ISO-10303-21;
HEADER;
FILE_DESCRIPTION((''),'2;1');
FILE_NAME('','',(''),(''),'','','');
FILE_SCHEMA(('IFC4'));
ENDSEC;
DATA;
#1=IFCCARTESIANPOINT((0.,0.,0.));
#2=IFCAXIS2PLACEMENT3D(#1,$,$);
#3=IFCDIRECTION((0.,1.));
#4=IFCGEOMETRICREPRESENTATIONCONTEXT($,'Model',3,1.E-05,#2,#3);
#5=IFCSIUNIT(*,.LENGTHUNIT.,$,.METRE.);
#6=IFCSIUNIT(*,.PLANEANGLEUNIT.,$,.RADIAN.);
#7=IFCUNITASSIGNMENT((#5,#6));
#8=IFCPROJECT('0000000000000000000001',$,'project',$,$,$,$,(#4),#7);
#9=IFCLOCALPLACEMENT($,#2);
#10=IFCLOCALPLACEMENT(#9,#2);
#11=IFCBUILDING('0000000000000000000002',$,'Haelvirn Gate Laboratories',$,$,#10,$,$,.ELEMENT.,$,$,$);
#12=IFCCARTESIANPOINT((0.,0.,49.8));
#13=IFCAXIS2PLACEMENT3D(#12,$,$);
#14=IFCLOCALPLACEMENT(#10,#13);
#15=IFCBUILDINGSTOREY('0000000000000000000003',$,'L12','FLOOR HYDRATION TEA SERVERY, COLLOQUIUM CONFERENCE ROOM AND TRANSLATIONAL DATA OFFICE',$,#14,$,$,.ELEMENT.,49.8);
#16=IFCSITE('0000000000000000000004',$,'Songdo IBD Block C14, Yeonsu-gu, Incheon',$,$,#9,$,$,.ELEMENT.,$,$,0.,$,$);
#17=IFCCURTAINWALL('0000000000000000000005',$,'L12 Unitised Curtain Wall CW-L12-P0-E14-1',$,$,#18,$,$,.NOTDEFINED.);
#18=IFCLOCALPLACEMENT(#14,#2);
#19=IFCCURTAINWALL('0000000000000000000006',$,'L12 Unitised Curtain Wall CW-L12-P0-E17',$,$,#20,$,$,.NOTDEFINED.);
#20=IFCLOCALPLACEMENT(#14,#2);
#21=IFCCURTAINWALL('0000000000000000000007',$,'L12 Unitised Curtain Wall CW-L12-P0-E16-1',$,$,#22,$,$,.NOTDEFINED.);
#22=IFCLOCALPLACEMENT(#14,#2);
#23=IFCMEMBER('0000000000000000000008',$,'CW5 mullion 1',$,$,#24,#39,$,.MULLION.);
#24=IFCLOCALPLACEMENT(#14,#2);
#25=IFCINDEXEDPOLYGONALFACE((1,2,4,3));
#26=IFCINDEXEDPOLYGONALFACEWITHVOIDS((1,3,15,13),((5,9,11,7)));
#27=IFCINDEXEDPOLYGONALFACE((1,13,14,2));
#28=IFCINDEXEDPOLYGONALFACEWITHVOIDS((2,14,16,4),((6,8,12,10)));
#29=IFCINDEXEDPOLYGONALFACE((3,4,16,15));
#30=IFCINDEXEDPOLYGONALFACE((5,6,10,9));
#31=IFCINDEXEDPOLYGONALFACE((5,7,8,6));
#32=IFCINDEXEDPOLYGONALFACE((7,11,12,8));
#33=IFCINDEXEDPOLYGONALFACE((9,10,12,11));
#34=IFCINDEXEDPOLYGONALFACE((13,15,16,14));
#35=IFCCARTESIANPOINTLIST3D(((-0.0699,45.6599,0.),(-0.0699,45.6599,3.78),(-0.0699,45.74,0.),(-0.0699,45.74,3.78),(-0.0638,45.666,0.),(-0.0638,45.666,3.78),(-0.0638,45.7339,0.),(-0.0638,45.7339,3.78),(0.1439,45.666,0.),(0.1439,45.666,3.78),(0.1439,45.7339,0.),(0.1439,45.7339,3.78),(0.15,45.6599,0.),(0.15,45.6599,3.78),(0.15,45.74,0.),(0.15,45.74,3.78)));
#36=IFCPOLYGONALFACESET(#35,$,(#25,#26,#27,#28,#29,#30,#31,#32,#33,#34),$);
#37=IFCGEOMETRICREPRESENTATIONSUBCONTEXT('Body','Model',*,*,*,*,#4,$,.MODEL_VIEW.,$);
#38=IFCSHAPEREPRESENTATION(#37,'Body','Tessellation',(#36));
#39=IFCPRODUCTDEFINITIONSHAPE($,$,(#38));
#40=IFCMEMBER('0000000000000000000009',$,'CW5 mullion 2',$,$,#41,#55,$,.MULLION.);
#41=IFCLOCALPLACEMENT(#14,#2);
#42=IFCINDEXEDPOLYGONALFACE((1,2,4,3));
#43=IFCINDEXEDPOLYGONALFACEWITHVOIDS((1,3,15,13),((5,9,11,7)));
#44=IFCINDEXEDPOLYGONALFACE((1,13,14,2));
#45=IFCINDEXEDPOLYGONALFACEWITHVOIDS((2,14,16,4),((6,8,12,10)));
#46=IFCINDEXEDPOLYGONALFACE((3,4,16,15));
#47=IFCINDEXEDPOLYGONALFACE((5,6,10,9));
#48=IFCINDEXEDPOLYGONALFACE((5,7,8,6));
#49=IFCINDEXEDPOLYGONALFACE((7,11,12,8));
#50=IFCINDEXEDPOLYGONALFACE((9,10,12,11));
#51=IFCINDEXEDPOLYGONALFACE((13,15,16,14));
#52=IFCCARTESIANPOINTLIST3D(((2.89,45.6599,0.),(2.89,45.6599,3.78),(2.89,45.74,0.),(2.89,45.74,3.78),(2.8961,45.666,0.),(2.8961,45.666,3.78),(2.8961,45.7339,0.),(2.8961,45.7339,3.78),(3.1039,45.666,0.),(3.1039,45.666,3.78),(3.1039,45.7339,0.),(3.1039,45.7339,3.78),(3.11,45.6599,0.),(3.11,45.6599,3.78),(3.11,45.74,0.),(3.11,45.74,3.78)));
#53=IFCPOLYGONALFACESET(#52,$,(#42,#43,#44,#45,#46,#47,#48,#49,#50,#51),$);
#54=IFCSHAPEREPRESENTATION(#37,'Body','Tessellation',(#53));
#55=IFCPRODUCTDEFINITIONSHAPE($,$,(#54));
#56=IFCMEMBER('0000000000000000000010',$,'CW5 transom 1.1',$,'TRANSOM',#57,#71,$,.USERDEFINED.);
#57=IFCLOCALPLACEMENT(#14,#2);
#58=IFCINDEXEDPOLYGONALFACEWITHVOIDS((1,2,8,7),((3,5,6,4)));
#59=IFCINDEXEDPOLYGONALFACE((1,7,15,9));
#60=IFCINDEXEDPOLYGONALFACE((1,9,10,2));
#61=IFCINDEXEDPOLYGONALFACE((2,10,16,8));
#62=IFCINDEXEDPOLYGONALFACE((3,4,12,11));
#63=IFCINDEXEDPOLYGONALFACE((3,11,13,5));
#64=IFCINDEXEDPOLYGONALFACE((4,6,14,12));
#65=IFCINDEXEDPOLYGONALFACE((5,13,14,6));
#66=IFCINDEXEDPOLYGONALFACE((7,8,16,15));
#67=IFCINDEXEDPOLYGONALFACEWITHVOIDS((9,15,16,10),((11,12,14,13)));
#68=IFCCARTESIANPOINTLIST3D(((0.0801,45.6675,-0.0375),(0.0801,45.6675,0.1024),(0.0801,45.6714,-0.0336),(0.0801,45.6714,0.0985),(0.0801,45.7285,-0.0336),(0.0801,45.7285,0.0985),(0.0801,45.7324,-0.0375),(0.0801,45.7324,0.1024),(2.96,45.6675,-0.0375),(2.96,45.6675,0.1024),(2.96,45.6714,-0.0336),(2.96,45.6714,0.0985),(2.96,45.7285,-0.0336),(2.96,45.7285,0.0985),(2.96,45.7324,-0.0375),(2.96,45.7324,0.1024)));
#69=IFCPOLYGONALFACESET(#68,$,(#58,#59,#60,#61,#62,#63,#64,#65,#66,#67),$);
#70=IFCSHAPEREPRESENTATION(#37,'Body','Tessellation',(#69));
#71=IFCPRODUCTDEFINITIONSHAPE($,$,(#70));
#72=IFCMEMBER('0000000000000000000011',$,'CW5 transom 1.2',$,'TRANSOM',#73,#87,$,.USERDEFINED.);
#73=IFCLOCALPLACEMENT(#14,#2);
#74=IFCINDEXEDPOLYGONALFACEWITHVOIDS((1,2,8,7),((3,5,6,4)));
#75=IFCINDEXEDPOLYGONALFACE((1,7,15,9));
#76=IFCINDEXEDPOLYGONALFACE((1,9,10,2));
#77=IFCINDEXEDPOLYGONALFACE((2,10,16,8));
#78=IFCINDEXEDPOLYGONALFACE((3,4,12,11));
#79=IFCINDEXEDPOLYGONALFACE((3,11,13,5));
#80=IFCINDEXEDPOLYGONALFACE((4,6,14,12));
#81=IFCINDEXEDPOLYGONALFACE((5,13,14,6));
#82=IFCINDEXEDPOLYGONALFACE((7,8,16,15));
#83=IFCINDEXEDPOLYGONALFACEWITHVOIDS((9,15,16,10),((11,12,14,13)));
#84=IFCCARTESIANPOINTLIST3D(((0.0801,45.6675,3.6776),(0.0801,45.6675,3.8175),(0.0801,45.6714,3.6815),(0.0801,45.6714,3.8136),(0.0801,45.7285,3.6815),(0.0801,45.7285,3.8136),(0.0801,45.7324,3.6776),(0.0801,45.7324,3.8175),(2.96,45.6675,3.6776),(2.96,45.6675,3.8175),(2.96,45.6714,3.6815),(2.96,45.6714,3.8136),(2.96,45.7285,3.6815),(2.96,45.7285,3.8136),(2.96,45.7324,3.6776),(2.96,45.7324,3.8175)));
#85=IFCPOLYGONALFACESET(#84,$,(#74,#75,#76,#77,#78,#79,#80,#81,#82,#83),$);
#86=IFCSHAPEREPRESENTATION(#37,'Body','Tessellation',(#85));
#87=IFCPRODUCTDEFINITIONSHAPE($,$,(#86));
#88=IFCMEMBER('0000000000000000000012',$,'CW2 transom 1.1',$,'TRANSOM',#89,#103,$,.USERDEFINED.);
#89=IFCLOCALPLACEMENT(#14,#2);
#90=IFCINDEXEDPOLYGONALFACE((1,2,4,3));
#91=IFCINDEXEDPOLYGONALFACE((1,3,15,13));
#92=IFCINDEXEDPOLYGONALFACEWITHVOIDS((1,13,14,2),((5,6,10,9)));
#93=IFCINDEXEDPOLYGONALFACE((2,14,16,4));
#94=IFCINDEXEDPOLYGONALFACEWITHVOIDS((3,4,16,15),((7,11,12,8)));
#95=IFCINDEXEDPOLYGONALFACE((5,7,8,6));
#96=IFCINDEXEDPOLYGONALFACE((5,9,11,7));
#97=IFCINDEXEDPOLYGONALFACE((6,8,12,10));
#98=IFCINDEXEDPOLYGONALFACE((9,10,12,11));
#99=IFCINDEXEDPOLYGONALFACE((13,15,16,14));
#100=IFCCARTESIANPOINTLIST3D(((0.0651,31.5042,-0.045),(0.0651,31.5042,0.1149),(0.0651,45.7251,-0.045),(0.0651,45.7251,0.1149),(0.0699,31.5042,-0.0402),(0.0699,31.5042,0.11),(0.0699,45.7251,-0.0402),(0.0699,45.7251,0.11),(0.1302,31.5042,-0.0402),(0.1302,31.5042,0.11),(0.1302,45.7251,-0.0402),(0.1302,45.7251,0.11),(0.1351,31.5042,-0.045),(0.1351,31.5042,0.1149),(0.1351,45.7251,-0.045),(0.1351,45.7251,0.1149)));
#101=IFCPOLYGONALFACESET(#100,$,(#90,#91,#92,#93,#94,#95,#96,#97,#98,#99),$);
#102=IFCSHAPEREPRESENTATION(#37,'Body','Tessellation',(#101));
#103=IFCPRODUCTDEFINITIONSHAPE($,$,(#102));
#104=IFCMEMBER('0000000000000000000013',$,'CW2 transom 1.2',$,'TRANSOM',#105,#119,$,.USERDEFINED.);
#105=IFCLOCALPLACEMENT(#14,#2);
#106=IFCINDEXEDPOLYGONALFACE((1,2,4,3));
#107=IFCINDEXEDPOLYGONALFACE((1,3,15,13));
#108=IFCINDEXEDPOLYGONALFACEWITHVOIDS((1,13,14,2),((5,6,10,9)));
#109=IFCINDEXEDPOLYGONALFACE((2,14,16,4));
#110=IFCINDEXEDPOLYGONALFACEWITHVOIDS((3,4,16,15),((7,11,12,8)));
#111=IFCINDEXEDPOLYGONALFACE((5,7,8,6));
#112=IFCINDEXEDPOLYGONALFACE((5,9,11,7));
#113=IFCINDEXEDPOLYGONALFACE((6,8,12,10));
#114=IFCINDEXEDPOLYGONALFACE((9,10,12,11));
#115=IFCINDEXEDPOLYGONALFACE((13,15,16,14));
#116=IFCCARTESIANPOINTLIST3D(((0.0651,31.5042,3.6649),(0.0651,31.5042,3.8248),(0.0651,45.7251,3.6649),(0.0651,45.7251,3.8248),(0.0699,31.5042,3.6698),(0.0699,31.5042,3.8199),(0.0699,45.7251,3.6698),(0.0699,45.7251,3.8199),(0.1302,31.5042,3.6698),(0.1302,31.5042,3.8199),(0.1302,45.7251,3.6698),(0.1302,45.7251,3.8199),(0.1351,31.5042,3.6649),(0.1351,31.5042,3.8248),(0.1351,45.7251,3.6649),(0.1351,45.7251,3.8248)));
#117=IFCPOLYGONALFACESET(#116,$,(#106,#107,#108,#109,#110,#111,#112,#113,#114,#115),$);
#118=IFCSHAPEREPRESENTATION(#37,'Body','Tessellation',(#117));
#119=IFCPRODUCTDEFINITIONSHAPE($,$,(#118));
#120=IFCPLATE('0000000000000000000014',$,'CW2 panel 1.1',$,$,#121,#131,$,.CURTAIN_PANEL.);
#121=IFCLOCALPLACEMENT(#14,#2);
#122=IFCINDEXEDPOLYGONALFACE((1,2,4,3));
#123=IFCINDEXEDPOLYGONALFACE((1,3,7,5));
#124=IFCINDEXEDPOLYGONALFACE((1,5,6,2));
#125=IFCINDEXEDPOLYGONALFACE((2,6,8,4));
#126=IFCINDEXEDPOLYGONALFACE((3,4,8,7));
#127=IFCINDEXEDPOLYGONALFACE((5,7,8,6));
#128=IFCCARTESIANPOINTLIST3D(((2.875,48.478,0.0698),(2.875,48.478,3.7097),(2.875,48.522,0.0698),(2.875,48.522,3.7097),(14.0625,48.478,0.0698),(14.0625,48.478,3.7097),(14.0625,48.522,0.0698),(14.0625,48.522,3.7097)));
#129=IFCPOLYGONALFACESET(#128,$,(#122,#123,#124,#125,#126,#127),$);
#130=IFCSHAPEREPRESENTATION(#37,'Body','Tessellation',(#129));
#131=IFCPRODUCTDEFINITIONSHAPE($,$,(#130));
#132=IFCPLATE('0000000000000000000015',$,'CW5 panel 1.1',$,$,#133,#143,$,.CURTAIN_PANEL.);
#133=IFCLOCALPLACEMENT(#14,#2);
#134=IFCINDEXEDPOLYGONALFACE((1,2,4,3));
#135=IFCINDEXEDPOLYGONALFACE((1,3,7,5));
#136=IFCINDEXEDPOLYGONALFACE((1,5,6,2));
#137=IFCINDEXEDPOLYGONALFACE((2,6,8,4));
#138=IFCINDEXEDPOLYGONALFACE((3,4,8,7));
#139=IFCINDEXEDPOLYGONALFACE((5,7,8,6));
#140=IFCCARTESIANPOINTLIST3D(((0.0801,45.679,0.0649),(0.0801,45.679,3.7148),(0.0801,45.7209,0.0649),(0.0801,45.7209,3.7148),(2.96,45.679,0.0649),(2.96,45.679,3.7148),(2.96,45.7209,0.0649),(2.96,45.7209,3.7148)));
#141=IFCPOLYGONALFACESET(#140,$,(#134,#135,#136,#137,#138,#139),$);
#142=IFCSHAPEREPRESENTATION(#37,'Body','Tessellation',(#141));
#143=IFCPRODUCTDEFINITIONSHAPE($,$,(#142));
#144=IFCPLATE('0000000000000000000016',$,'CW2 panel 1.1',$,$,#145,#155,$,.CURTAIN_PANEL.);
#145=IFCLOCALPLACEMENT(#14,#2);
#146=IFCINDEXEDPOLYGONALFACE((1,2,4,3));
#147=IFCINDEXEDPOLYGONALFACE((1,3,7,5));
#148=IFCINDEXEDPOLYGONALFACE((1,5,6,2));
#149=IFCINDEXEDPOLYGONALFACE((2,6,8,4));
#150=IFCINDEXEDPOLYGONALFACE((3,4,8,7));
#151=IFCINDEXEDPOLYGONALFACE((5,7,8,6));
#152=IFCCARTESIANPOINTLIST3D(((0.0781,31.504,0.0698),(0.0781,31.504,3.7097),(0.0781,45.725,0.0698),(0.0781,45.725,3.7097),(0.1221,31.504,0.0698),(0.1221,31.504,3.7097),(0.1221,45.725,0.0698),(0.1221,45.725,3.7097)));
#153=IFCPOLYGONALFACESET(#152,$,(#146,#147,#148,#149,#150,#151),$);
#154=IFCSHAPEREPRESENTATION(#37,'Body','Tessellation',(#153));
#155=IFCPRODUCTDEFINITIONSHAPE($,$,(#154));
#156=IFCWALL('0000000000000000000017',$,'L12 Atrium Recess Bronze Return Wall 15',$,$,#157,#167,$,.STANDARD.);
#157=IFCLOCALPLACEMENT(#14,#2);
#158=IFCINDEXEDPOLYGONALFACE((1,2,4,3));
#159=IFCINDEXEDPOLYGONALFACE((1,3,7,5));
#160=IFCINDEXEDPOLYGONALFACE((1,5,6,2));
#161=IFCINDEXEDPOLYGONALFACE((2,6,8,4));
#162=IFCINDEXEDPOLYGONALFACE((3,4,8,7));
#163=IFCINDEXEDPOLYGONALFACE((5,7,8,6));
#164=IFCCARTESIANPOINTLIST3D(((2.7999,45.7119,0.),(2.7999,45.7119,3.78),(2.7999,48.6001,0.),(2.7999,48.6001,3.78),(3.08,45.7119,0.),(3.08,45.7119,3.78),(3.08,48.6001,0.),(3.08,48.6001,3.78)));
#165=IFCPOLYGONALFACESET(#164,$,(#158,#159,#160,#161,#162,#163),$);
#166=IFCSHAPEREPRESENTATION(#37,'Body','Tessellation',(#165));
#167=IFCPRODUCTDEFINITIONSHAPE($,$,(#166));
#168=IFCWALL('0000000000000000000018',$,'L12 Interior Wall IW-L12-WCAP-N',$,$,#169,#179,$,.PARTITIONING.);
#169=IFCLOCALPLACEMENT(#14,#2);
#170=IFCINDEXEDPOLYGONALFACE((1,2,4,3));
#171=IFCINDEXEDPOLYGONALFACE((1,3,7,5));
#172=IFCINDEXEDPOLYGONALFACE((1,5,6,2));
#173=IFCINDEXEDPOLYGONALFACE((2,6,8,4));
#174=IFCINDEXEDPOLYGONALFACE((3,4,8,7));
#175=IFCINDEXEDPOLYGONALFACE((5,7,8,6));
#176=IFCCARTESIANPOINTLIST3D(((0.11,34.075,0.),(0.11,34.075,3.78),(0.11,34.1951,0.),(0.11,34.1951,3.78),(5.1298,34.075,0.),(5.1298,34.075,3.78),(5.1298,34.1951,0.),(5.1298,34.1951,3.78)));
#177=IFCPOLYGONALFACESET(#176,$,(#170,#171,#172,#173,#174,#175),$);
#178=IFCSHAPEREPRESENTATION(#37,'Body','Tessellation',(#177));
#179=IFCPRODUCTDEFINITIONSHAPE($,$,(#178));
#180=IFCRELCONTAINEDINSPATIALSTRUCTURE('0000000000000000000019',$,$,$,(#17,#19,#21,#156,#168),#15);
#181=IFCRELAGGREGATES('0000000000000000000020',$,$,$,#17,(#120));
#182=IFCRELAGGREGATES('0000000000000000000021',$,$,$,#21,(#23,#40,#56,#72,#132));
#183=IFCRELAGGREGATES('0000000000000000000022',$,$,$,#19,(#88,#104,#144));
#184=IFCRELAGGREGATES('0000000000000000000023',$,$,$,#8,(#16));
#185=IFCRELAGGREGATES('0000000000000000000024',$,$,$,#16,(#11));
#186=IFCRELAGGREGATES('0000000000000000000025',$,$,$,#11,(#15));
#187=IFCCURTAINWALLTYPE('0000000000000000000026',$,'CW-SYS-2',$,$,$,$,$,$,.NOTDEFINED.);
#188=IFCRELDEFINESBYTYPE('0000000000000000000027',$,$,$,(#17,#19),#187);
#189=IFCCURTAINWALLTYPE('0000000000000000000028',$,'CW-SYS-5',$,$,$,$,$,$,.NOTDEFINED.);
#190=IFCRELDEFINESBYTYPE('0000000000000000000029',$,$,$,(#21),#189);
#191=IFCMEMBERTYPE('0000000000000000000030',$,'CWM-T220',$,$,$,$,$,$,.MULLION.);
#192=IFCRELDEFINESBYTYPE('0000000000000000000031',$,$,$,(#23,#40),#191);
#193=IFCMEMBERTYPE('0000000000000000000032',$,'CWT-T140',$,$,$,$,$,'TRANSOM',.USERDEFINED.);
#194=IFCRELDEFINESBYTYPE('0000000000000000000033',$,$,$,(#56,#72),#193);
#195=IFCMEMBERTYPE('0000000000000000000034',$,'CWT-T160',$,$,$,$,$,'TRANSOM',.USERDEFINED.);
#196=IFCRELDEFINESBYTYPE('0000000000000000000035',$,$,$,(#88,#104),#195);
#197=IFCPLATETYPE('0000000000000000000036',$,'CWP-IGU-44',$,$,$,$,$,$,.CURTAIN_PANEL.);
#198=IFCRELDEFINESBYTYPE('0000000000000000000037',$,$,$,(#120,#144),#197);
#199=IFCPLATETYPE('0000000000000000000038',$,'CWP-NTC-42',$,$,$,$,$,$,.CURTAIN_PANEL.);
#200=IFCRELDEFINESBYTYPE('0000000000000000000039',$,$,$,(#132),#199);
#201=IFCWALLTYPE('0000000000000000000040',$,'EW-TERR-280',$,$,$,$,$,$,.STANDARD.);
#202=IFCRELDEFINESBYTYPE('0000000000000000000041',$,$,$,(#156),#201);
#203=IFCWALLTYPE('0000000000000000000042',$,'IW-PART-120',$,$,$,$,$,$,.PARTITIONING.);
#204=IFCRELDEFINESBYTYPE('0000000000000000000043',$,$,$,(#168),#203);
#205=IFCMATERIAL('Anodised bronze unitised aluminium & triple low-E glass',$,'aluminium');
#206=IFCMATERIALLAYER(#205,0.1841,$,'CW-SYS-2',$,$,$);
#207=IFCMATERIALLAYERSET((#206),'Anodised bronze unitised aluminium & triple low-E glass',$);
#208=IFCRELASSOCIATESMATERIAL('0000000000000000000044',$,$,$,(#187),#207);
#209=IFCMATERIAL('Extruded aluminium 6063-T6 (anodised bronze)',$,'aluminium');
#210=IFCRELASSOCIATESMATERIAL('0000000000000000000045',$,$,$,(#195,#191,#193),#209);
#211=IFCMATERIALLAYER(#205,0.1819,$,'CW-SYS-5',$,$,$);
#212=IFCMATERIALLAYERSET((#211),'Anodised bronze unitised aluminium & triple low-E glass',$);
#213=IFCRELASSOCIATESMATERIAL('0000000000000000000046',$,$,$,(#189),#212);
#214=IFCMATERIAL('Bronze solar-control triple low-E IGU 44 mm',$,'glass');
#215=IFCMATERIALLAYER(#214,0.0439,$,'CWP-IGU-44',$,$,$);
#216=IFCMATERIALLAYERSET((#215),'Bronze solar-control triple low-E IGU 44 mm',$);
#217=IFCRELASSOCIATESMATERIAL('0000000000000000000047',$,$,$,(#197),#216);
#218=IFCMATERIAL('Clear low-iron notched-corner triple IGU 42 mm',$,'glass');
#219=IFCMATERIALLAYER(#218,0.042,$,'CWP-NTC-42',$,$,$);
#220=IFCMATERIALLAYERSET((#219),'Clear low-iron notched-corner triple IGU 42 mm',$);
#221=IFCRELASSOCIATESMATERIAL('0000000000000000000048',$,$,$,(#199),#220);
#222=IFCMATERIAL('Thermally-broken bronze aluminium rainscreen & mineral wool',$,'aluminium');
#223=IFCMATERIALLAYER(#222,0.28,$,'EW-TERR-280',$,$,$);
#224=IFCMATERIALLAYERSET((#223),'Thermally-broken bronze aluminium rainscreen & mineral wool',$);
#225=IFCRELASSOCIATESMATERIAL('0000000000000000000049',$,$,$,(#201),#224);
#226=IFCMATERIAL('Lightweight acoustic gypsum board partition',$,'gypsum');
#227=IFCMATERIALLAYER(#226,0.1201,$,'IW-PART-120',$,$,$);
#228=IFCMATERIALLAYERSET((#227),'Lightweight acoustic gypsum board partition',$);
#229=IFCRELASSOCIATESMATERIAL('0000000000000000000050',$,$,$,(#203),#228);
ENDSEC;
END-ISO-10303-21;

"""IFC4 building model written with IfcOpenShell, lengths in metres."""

from ifc_helpers import new_model, si_unit, direction, frame, frame_2d, origin, origin_2d, place, context, subcontext, project, spatial, rectangle, hollow_rectangle, extrude, source, transform, mapped, material, layer, layer_set, material_profile, profile_set, type_object, type_shapes, element, aggregate, save


model = new_model("IFC4")

# Units and contexts
model_context = context("Model", 3, precision=1e-05, world=origin(), true_north=direction((0.0, 1.0)))
body_context = subcontext(model_context, "Body", "Model", "MODEL_VIEW")
ifc_project = project(units=[si_unit("LENGTHUNIT", "METRE"), si_unit("PLANEANGLEUNIT", "RADIAN")], contexts=[model_context])

# Site, building, storey
site_placement = place(None, origin())
site = spatial("IfcSite", under=ifc_project, at=site_placement, Name="Songdo IBD Block C14, Yeonsu-gu, Incheon", CompositionType="ELEMENT", RefElevation=0.0)
building_placement = place(site_placement, origin())
building = spatial("IfcBuilding", under=site, at=building_placement, Name="Haelvirn Gate Laboratories", CompositionType="ELEMENT")
storey_placement = place(building_placement, frame((0.0, 0.0, 49.8)))
storey = spatial("IfcBuildingStorey", under=building, at=storey_placement, Name="L12", Description="FLOOR HYDRATION TEA SERVERY, COLLOQUIUM CONFERENCE ROOM AND TRANSLATIONAL DATA OFFICE", CompositionType="ELEMENT", Elevation=49.8)

# Curtain walls
ifc_material_1 = material(Name="Anodised bronze unitised aluminium & triple low-E glass", Category="aluminium")
ifc_layer_1 = layer(ifc_material_1, 0.1841, Name="CW-SYS-2")
ifc_layer_set_1 = layer_set([ifc_layer_1], Name="Anodised bronze unitised aluminium & triple low-E glass")
curtain_wall_type_1 = type_object("IfcCurtainWallType", Name="CW-SYS-2", PredefinedType="NOTDEFINED", material=ifc_layer_set_1)
curtain_wall_1_placement = place(storey_placement, origin())
curtain_wall_1 = element("IfcCurtainWall", 1, at=curtain_wall_1_placement, inside=storey, type_object=curtain_wall_type_1, Name="L12 Unitised Curtain Wall CW-L12-P0-E14-1", PredefinedType="NOTDEFINED")
ifc_material_2 = material(Name="Extruded aluminium 6063-T6 (anodised bronze)", Category="aluminium")
curtain_wall_2_placement = place(storey_placement, origin())
curtain_wall_2 = element("IfcCurtainWall", 2, at=curtain_wall_2_placement, inside=storey, type_object=curtain_wall_type_1, Name="L12 Unitised Curtain Wall CW-L12-P0-E17", PredefinedType="NOTDEFINED")

# Shared definitions
ifc_material_profile_1 = material_profile(ifc_material_2, hollow_rectangle(XDim=0.0701, YDim=0.1599, WallThickness=0.0049, at=origin_2d()), Name="CWT-160x70x5")
ifc_profile_set_1 = profile_set([ifc_material_profile_1], Name="Extruded aluminium 6063-T6 (anodised bronze)")
member_type_1 = type_object("IfcMemberType", Name="CWT-T160", ElementType="TRANSOM", PredefinedType="USERDEFINED", material=ifc_profile_set_1)

# Curtain wall, members
ifc_layer_2 = layer(ifc_material_1, 0.1819, Name="CW-SYS-5")
ifc_layer_set_2 = layer_set([ifc_layer_2], Name="Anodised bronze unitised aluminium & triple low-E glass")
curtain_wall_type_2 = type_object("IfcCurtainWallType", Name="CW-SYS-5", PredefinedType="NOTDEFINED", material=ifc_layer_set_2)
curtain_wall_3_placement = place(storey_placement, origin())
curtain_wall_3 = element("IfcCurtainWall", 3, at=curtain_wall_3_placement, inside=storey, type_object=curtain_wall_type_2, Name="L12 Unitised Curtain Wall CW-L12-P0-E16-1", PredefinedType="NOTDEFINED")
ifc_material_profile_2 = material_profile(ifc_material_2, hollow_rectangle(XDim=0.0801, YDim=0.22, WallThickness=0.0061, at=origin_2d()), Name="CWM-220x80x6")
ifc_profile_set_2 = profile_set([ifc_material_profile_2], Name="Extruded aluminium 6063-T6 (anodised bronze)")
member_type_2 = type_object("IfcMemberType", Name="CWM-T220", PredefinedType="MULLION", material=ifc_profile_set_2)
shared_shape_1 = source(origin(), body_context, "Body", "SweptSolid", [
    extrude(hollow_rectangle(XDim=0.0801, YDim=0.22, WallThickness=0.0061, at=origin_2d()), origin(), (0.0, 0.0, 1.0), 3.78),
])
type_shapes(member_type_2, [shared_shape_1])
member_1_placement = place(storey_placement, frame((0.04, 45.7, 0.0), z_axis=(0.0, 0.0, 1.0), x_axis=(0.0, 1.0, 0.0)))
member_1 = element("IfcMember", 4, at=member_1_placement, type_object=member_type_2, Name="CW5 mullion 1", PredefinedType="MULLION", context=body_context, shape_type="MappedRepresentation", body=[
    mapped(shared_shape_1, transform((0.0, 0.0, 0.0), scale=1.0)),
])
member_2_placement = place(storey_placement, frame((3.0, 45.7, 0.0), z_axis=(0.0, 0.0, 1.0), x_axis=(0.0, 1.0, 0.0)))
member_2 = element("IfcMember", 5, at=member_2_placement, type_object=member_type_2, Name="CW5 mullion 2", PredefinedType="MULLION", context=body_context, shape_type="MappedRepresentation", body=[
    mapped(shared_shape_1, transform((0.0, 0.0, 0.0), scale=1.0)),
])
ifc_material_profile_3 = material_profile(ifc_material_2, hollow_rectangle(XDim=0.0649, YDim=0.1399, WallThickness=0.0039, at=origin_2d()), Name="CWT-140x65x4")
ifc_profile_set_3 = profile_set([ifc_material_profile_3], Name="Extruded aluminium 6063-T6 (anodised bronze)")
member_type_3 = type_object("IfcMemberType", Name="CWT-T140", ElementType="TRANSOM", PredefinedType="USERDEFINED", material=ifc_profile_set_3)
shared_shape_2 = source(origin(), body_context, "Body", "SweptSolid", [
    extrude(hollow_rectangle(XDim=0.0649, YDim=0.1399, WallThickness=0.0039, at=origin_2d()), origin(), (0.0, 0.0, 1.0), 2.8799),
])
type_shapes(member_type_3, [shared_shape_2])
member_3_placement = place(storey_placement, frame((0.0801, 45.7, 0.0325), z_axis=(1.0, 0.0, 0.0), x_axis=(0.0, 1.0, 0.0)))
member_3 = element("IfcMember", 6, at=member_3_placement, type_object=member_type_3, Name="CW5 transom 1.1", ObjectType="TRANSOM", PredefinedType="USERDEFINED", context=body_context, shape_type="MappedRepresentation", body=[
    mapped(shared_shape_2, transform((0.0, 0.0, 0.0), scale=1.0)),
])
member_4_placement = place(storey_placement, frame((0.0801, 45.7, 3.7476), z_axis=(1.0, 0.0, 0.0), x_axis=(0.0, 1.0, 0.0)))
member_4 = element("IfcMember", 7, at=member_4_placement, type_object=member_type_3, Name="CW5 transom 1.2", ObjectType="TRANSOM", PredefinedType="USERDEFINED", context=body_context, shape_type="MappedRepresentation", body=[
    mapped(shared_shape_2, transform((0.0, 0.0, 0.0), scale=1.0)),
])

# Members
shared_shape_3 = source(origin(), body_context, "Body", "SweptSolid", [
    extrude(hollow_rectangle(XDim=0.0701, YDim=0.1599, WallThickness=0.0049, at=origin_2d()), origin(), (0.0, 0.0, 1.0), 14.2209),
])
member_5_placement = place(storey_placement, frame((0.1001, 45.7251, 0.0349), z_axis=(0.0, -1.0, 0.0), x_axis=(1.0, 0.0, 0.0)))
member_5 = element("IfcMember", 8, at=member_5_placement, type_object=member_type_1, Name="CW2 transom 1.1", ObjectType="TRANSOM", PredefinedType="USERDEFINED", context=body_context, shape_type="MappedRepresentation", body=[
    mapped(shared_shape_3, transform((0.0, 0.0, 0.0), scale=1.0)),
])
member_6_placement = place(storey_placement, frame((0.1001, 45.7251, 3.7449), z_axis=(0.0, -1.0, 0.0), x_axis=(1.0, 0.0, 0.0)))
member_6 = element("IfcMember", 9, at=member_6_placement, type_object=member_type_1, Name="CW2 transom 1.2", ObjectType="TRANSOM", PredefinedType="USERDEFINED", context=body_context, shape_type="MappedRepresentation", body=[
    mapped(shared_shape_3, transform((0.0, 0.0, 0.0), scale=1.0)),
])

# Plates
ifc_material_3 = material(Name="Bronze solar-control triple low-E IGU 44 mm", Category="glass")
ifc_layer_3 = layer(ifc_material_3, 0.0439, Name="CWP-IGU-44")
ifc_layer_set_3 = layer_set([ifc_layer_3], Name="Bronze solar-control triple low-E IGU 44 mm")
plate_type_1 = type_object("IfcPlateType", Name="CWP-IGU-44", PredefinedType="CURTAIN_PANEL", material=ifc_layer_set_3)
shared_shape_4 = source(origin(), body_context, "Body", "SweptSolid", [
    extrude(rectangle(XDim=11.1875, YDim=0.0439, at=origin_2d()), origin(), (0.0, 0.0, 1.0), 3.6399),
])
plate_1_placement = place(storey_placement, frame((8.4688, 48.5, 0.0698), z_axis=(0.0, 0.0, 1.0), x_axis=(1.0, 0.0, 0.0)))
plate_1 = element("IfcPlate", 10, at=plate_1_placement, type_object=plate_type_1, Name="CW2 panel 1.1", PredefinedType="CURTAIN_PANEL", context=body_context, shape_type="MappedRepresentation", body=[
    mapped(shared_shape_4, transform((0.0, 0.0, 0.0), scale=1.0)),
])
aggregate(curtain_wall_1, [plate_1])
ifc_material_4 = material(Name="Clear low-iron notched-corner triple IGU 42 mm", Category="glass")
ifc_layer_4 = layer(ifc_material_4, 0.042, Name="CWP-NTC-42")
ifc_layer_set_4 = layer_set([ifc_layer_4], Name="Clear low-iron notched-corner triple IGU 42 mm")
plate_type_2 = type_object("IfcPlateType", Name="CWP-NTC-42", PredefinedType="CURTAIN_PANEL", material=ifc_layer_set_4)
shared_shape_5 = source(origin(), body_context, "Body", "SweptSolid", [
    extrude(rectangle(XDim=2.8799, YDim=0.042, at=origin_2d()), origin(), (0.0, 0.0, 1.0), 3.6499),
])
type_shapes(plate_type_2, [shared_shape_5])
plate_2_placement = place(storey_placement, frame((1.52, 45.7, 0.0649), z_axis=(0.0, 0.0, 1.0), x_axis=(1.0, 0.0, 0.0)))
plate_2 = element("IfcPlate", 11, at=plate_2_placement, type_object=plate_type_2, Name="CW5 panel 1.1", PredefinedType="CURTAIN_PANEL", context=body_context, shape_type="MappedRepresentation", body=[
    mapped(shared_shape_5, transform((0.0, 0.0, 0.0), scale=1.0)),
])
aggregate(curtain_wall_3, [member_1, member_2, member_3, member_4, plate_2])
shared_shape_6 = source(origin(), body_context, "Body", "SweptSolid", [
    extrude(rectangle(XDim=14.2209, YDim=0.0439, at=origin_2d()), origin(), (0.0, 0.0, 1.0), 3.6399),
])
type_shapes(plate_type_1, [shared_shape_4, shared_shape_6])
plate_3_placement = place(storey_placement, frame((0.1001, 38.6145, 0.0698), z_axis=(0.0, 0.0, 1.0), x_axis=(0.0, -1.0, 0.0)))
plate_3 = element("IfcPlate", 12, at=plate_3_placement, type_object=plate_type_1, Name="CW2 panel 1.1", PredefinedType="CURTAIN_PANEL", context=body_context, shape_type="MappedRepresentation", body=[
    mapped(shared_shape_6, transform((0.0, 0.0, 0.0), scale=1.0)),
])
aggregate(curtain_wall_2, [member_5, member_6, plate_3])

# Walls
ifc_material_5 = material(Name="Thermally-broken bronze aluminium rainscreen & mineral wool", Category="aluminium")
ifc_layer_5 = layer(ifc_material_5, 0.28, Name="EW-TERR-280")
ifc_layer_set_5 = layer_set([ifc_layer_5], Name="Thermally-broken bronze aluminium rainscreen & mineral wool")
wall_type_1 = type_object("IfcWallType", Name="EW-TERR-280", PredefinedType="STANDARD", material=ifc_layer_set_5)
wall_1_placement = place(storey_placement, frame((2.9399, 48.6001, 0.0), z_axis=(0.0, 0.0, 1.0), x_axis=(0.0, -1.0, 0.0)))
element("IfcWall", 13, at=wall_1_placement, inside=storey, type_object=wall_type_1, Name="L12 Atrium Recess Bronze Return Wall 15", PredefinedType="STANDARD", context=body_context, shape_type="SweptSolid", body=[
    extrude(rectangle(XDim=2.8882, YDim=0.28, at=frame_2d((1.4441, 0.0))), origin(), (0.0, 0.0, 1.0), 3.78),
])
ifc_material_6 = material(Name="Lightweight acoustic gypsum board partition", Category="gypsum")
ifc_layer_6 = layer(ifc_material_6, 0.1201, Name="IW-PART-120")
ifc_layer_set_6 = layer_set([ifc_layer_6], Name="Lightweight acoustic gypsum board partition")
wall_type_2 = type_object("IfcWallType", Name="IW-PART-120", PredefinedType="PARTITIONING", material=ifc_layer_set_6)
wall_2_placement = place(storey_placement, frame((0.1101, 34.135, 0.0), z_axis=(0.0, 0.0, 1.0), x_axis=(1.0, 0.0, 0.0)))
element("IfcWall", 14, at=wall_2_placement, inside=storey, type_object=wall_type_2, Name="L12 Interior Wall IW-L12-WCAP-N", PredefinedType="PARTITIONING", context=body_context, shape_type="SweptSolid", body=[
    extrude(rectangle(XDim=5.0198, YDim=0.1201, at=frame_2d((2.5098, 0.0))), origin(), (0.0, 0.0, 1.0), 3.78),
])

save(model, "model.ifc")
